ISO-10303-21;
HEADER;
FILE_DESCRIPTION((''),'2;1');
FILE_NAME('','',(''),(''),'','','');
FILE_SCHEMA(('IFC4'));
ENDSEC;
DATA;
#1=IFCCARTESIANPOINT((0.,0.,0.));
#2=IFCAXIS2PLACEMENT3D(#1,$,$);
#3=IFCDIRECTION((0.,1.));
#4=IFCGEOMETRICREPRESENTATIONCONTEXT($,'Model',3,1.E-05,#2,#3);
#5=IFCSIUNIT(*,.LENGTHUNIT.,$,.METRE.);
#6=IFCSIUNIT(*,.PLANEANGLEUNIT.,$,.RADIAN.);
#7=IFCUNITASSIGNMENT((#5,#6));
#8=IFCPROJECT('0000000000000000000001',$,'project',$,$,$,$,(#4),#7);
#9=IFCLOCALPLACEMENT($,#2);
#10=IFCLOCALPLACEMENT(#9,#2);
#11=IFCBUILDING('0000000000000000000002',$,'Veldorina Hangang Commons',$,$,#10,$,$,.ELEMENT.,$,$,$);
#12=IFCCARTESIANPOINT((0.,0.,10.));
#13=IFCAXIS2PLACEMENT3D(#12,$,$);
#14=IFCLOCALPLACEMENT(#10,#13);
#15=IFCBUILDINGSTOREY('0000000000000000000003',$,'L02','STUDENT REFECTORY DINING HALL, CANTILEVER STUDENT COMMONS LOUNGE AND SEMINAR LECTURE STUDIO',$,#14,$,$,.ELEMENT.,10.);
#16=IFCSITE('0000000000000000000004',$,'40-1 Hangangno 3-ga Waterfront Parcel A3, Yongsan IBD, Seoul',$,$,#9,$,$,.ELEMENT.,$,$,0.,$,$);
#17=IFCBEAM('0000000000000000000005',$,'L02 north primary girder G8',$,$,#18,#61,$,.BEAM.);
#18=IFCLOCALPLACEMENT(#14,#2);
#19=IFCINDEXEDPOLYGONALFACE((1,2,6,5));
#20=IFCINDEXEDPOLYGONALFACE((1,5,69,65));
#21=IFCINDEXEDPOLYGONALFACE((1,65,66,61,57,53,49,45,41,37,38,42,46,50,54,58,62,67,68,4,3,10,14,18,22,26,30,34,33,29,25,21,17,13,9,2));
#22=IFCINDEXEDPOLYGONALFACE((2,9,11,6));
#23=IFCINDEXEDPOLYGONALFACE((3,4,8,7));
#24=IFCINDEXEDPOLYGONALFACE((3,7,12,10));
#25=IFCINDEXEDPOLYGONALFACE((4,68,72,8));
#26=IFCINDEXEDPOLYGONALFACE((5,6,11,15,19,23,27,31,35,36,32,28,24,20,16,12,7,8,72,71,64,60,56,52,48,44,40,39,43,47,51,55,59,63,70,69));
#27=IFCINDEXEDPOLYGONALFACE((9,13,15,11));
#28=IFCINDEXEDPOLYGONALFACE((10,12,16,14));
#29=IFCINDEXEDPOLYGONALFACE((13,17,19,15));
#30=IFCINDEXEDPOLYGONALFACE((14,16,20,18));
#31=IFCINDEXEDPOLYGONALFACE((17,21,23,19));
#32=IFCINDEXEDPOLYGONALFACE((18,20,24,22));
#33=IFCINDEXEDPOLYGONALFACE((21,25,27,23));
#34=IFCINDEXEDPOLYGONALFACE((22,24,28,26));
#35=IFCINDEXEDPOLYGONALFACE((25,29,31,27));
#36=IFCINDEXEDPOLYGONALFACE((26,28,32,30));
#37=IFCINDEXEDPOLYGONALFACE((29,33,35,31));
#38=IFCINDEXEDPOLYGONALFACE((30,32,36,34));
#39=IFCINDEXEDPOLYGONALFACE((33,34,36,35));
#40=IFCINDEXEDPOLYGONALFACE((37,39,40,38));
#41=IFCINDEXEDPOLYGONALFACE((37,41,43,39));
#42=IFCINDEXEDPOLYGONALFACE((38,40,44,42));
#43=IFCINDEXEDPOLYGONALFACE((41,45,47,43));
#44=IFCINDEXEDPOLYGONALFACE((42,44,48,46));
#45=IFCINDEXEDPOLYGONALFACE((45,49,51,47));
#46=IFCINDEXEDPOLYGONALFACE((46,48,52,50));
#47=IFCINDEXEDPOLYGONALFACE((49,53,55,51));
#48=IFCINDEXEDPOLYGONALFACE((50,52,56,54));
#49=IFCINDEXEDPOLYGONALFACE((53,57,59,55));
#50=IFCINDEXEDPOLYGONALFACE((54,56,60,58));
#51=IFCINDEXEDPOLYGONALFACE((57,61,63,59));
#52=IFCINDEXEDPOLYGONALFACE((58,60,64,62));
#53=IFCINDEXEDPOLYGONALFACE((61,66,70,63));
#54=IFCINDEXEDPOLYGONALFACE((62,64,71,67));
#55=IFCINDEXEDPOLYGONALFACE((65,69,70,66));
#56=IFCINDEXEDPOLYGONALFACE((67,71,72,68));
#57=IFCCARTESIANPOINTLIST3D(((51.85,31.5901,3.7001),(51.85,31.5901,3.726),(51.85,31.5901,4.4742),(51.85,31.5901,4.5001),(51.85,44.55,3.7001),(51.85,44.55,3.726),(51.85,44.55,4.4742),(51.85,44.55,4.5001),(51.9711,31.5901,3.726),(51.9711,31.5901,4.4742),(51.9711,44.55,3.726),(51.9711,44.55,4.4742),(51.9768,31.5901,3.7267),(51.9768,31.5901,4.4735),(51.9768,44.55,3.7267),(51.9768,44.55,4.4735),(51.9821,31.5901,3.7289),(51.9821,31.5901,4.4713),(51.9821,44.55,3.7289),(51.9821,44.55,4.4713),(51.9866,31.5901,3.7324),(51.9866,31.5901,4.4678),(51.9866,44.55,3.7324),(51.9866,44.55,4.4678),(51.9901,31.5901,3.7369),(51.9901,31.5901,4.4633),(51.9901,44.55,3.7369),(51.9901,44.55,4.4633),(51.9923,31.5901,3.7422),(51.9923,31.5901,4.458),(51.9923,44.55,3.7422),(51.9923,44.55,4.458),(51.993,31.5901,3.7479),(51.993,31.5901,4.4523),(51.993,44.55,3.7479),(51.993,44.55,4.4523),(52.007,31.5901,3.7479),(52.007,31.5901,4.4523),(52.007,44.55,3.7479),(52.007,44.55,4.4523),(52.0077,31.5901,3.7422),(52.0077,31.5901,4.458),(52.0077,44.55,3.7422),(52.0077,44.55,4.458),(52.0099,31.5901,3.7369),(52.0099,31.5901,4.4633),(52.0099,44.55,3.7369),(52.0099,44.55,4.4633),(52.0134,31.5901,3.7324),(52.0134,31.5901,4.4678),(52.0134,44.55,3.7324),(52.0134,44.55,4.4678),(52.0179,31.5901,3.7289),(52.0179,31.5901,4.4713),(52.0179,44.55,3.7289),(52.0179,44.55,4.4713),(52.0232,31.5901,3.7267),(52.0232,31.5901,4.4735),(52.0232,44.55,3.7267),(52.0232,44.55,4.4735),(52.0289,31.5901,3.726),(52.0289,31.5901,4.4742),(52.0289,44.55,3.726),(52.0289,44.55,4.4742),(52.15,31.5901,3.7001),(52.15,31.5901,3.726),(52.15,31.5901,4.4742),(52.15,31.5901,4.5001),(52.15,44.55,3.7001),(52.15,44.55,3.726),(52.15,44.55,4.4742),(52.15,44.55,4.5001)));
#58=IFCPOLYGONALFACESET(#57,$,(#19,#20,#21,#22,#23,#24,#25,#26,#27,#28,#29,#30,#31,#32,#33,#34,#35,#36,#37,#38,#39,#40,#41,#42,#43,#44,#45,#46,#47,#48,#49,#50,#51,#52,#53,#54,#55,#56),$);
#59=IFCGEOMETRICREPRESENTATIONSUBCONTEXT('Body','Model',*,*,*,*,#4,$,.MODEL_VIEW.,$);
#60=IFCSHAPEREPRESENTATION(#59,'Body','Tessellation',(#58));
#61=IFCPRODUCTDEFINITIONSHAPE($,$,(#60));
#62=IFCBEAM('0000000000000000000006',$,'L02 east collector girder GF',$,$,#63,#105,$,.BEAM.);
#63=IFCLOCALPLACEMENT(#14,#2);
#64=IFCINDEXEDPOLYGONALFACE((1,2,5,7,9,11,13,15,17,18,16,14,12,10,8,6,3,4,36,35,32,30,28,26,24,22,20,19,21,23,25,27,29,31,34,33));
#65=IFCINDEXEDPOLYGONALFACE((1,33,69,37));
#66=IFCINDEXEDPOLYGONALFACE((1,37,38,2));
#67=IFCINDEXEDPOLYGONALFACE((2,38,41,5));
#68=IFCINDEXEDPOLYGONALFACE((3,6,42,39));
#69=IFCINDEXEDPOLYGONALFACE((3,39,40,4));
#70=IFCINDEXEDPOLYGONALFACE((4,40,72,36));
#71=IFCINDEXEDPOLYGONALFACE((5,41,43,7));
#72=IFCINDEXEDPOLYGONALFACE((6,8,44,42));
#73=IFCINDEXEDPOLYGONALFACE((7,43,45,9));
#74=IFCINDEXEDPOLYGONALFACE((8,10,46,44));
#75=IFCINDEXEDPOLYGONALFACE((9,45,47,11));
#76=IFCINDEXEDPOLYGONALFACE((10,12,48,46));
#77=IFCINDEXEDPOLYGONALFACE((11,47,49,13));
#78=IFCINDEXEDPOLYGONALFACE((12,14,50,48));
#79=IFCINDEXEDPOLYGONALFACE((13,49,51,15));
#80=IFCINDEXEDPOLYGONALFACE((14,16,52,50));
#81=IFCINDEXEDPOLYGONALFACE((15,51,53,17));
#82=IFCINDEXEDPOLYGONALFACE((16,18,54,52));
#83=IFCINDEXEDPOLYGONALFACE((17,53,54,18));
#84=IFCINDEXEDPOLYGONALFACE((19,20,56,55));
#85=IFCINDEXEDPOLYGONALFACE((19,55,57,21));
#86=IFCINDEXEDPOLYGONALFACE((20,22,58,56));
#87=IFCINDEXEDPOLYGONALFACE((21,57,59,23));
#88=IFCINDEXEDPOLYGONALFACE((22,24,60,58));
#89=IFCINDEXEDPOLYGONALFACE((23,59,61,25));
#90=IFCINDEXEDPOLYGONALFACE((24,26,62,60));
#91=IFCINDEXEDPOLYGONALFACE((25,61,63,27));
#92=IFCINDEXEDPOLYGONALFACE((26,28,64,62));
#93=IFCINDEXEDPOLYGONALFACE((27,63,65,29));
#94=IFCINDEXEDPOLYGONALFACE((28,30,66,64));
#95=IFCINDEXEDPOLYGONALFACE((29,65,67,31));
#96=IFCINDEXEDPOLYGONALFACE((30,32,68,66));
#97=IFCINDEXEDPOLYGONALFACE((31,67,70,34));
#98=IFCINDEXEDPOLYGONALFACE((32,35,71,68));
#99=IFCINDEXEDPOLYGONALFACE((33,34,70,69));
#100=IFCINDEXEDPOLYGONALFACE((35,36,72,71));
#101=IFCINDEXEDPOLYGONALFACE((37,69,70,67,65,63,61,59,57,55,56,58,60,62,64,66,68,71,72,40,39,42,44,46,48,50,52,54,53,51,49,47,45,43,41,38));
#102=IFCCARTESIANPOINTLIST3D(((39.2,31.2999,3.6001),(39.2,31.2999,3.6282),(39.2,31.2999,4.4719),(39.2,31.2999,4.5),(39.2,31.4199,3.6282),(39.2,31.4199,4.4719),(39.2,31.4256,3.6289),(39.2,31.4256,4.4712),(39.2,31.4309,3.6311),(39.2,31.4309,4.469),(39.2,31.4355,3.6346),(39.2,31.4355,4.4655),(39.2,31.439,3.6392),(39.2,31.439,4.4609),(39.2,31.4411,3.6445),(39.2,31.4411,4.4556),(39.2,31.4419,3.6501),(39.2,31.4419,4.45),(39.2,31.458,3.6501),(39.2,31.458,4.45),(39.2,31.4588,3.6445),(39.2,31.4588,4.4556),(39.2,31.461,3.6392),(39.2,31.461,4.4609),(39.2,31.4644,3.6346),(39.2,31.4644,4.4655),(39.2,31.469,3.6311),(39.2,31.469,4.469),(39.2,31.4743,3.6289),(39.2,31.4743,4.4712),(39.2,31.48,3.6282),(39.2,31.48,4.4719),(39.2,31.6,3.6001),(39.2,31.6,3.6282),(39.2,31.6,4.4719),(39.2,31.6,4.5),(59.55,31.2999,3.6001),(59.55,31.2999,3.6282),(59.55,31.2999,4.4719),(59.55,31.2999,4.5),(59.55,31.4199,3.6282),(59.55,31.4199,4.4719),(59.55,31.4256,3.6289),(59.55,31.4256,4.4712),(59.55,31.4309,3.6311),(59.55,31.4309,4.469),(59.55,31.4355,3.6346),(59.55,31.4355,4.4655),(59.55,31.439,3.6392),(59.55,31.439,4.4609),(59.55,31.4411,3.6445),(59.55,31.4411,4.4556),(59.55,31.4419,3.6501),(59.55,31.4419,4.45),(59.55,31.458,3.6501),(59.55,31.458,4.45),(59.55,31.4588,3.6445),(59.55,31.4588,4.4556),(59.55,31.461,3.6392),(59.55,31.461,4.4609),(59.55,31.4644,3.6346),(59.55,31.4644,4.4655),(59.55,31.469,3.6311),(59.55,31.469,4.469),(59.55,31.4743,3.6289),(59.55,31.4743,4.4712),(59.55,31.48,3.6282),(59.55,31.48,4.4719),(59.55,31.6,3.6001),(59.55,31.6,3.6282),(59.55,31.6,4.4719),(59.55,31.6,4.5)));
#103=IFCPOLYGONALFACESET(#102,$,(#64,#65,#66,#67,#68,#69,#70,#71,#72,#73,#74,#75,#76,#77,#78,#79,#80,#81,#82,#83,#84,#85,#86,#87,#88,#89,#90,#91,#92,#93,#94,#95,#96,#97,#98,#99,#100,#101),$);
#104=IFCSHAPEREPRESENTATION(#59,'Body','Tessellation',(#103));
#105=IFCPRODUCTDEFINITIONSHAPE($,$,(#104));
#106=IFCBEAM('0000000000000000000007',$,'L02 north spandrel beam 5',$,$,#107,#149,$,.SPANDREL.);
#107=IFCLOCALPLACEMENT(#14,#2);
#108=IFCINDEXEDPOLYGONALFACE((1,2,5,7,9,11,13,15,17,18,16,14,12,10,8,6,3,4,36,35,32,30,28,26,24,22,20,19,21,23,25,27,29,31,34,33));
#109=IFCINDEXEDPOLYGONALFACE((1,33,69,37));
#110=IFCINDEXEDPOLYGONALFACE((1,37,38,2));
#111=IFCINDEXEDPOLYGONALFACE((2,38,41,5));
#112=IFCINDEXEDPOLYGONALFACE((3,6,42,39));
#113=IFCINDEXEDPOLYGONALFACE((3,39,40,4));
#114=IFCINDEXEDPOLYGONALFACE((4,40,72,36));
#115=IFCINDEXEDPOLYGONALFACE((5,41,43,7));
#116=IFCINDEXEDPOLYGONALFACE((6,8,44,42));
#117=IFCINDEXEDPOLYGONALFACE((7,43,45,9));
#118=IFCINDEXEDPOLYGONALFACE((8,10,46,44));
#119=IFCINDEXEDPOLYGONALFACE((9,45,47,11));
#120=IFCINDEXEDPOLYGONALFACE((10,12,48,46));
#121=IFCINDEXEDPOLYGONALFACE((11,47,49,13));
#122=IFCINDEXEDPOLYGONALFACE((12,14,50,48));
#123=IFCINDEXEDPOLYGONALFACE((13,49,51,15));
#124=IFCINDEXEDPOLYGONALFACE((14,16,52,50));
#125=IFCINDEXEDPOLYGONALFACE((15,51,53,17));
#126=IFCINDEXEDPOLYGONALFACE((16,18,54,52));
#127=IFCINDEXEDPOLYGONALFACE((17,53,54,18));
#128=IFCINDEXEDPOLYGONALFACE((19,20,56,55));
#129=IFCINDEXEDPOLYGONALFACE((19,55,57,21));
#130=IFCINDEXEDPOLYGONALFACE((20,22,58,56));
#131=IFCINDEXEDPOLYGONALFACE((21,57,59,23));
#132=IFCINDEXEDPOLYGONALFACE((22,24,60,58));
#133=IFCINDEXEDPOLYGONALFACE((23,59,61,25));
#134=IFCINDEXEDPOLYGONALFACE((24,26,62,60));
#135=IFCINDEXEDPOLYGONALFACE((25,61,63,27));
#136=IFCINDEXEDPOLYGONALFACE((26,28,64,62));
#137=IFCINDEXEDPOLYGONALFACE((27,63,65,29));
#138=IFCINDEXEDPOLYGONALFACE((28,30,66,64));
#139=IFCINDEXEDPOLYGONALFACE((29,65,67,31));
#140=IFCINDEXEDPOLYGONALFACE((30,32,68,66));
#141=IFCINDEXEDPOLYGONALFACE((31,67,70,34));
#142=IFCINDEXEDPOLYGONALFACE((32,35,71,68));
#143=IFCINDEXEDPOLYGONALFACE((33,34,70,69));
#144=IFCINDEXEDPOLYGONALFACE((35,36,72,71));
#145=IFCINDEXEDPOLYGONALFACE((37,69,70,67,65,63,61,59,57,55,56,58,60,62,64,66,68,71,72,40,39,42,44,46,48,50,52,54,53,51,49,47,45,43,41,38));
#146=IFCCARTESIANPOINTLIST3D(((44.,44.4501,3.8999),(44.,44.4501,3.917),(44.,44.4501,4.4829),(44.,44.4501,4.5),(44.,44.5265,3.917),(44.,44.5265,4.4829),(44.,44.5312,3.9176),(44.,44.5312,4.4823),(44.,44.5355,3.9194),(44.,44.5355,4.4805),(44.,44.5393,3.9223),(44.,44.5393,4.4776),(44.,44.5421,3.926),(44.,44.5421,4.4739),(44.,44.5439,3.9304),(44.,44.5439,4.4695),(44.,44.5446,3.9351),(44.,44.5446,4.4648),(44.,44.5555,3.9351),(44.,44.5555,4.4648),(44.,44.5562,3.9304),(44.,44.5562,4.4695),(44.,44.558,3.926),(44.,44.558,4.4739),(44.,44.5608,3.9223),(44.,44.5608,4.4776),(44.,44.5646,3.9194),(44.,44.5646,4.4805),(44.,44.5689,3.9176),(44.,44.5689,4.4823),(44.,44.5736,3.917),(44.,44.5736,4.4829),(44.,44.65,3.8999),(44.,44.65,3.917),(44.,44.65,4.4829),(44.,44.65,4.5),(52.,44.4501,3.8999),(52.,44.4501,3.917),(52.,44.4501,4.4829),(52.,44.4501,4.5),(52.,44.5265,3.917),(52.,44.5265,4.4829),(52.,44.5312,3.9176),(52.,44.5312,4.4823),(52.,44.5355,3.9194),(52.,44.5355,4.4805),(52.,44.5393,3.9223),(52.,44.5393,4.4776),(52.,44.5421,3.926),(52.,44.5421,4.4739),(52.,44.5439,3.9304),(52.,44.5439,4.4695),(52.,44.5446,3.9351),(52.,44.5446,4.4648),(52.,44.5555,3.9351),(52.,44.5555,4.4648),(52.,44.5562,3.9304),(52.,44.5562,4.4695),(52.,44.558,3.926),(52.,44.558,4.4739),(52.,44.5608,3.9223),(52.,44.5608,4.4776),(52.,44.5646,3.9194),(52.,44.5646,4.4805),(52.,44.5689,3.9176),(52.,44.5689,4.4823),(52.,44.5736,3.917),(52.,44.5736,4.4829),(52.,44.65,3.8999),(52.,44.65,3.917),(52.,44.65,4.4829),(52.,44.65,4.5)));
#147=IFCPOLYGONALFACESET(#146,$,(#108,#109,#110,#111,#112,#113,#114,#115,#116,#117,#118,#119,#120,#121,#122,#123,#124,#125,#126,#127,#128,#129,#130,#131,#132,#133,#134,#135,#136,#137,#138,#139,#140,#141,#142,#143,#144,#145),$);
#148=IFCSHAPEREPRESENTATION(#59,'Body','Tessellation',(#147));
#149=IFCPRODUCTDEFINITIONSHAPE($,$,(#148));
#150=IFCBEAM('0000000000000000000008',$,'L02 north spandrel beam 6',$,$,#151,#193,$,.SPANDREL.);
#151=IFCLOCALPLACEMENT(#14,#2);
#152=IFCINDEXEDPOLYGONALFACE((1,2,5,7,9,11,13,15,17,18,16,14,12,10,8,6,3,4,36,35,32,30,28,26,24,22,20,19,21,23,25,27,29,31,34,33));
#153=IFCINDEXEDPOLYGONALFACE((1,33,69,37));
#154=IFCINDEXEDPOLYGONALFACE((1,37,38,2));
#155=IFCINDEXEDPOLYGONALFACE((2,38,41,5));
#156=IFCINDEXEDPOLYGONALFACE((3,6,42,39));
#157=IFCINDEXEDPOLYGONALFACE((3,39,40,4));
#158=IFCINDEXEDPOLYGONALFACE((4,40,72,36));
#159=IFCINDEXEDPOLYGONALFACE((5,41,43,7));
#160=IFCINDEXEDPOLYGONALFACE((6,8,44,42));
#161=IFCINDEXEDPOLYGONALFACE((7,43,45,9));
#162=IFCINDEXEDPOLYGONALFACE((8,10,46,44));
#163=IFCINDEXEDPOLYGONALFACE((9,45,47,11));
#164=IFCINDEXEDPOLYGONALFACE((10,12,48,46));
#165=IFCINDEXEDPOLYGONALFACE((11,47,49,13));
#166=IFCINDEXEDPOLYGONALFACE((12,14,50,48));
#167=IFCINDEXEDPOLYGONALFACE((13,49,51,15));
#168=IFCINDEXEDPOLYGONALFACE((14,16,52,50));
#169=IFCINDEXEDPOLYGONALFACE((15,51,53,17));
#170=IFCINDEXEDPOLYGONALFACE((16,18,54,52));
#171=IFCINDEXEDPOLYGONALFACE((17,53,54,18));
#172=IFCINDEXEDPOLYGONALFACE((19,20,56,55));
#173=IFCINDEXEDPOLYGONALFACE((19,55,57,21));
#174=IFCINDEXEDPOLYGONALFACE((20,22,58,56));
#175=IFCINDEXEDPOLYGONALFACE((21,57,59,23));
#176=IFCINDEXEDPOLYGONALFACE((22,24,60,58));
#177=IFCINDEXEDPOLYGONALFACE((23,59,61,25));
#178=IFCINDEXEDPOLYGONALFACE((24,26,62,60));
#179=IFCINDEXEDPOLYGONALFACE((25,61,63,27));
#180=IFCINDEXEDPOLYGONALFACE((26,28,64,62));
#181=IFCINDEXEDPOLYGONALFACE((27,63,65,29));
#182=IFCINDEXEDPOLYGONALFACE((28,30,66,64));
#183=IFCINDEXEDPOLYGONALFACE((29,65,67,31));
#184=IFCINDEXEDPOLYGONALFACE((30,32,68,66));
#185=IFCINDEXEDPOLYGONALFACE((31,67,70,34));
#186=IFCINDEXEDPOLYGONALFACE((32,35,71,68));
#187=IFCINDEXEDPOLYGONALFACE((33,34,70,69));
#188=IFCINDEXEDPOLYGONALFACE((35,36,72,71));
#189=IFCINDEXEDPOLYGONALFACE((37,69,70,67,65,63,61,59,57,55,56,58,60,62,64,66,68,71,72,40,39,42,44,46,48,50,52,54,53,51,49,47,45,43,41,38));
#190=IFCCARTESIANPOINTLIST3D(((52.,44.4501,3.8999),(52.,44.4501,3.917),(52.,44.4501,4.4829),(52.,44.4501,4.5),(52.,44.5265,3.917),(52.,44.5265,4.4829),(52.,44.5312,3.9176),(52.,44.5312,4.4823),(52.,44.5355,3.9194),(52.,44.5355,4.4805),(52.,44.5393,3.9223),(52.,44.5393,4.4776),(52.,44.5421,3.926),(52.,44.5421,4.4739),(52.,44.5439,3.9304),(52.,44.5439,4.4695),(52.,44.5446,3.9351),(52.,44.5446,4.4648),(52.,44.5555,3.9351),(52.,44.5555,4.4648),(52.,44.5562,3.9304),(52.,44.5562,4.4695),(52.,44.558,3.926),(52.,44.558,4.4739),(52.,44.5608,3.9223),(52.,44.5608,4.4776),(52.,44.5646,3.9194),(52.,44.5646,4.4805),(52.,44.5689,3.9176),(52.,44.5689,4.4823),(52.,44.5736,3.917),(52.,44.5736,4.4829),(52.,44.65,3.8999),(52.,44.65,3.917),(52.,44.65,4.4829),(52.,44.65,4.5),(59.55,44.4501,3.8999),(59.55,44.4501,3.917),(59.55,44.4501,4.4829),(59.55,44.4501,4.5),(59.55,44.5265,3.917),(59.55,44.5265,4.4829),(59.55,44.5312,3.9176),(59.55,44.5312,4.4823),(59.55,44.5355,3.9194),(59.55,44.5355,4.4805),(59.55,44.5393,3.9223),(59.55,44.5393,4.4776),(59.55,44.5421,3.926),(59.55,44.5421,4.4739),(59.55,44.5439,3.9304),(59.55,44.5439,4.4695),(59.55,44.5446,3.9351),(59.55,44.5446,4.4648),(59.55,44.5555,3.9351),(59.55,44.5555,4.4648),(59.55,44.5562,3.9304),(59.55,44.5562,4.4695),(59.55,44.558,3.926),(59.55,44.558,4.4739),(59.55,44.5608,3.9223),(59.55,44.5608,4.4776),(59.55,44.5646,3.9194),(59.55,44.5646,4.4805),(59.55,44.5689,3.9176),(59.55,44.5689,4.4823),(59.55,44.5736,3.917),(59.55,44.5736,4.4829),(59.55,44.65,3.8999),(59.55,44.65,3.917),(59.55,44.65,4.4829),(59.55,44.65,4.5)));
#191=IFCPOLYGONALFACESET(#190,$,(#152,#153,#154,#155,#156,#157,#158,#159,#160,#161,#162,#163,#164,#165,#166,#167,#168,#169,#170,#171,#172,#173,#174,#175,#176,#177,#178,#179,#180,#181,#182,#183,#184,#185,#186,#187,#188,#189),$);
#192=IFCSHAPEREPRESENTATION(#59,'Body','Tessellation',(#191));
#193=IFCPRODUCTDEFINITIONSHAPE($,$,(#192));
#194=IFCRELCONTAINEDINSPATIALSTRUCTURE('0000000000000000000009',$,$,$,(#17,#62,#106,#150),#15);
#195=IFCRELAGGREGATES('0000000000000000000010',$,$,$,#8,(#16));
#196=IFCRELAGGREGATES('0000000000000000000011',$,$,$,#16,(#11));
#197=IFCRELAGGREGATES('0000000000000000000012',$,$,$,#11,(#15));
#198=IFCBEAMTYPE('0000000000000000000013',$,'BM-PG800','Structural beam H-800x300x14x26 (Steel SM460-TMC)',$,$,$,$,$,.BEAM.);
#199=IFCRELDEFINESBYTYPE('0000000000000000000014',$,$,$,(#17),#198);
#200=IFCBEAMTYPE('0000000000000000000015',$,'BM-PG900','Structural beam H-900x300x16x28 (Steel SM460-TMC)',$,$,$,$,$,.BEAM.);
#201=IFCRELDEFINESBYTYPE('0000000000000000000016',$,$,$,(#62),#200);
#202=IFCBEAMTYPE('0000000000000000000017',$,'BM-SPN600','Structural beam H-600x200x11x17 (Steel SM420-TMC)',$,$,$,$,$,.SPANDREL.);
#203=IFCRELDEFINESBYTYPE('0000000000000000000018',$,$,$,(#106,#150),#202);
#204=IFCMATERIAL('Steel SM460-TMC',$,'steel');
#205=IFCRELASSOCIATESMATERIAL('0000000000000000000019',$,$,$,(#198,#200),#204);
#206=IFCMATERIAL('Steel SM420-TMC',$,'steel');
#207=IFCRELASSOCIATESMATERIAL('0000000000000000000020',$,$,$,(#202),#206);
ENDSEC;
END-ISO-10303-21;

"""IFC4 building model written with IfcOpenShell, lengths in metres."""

from ifc_helpers import new_model, si_unit, direction, frame, origin, origin_2d, place, context, subcontext, project, spatial, i_section, extrude, material, material_profile, profile_set, type_object, element, save


model = new_model("IFC4")

# Units and contexts
model_context = context("Model", 3, precision=1e-05, world=origin(), true_north=direction((0.0, 1.0)))
body_context = subcontext(model_context, "Body", "Model", "MODEL_VIEW")
ifc_project = project(units=[si_unit("LENGTHUNIT", "METRE"), si_unit("PLANEANGLEUNIT", "RADIAN")], contexts=[model_context])

# Site, building, storey
site_placement = place(None, origin())
site = spatial("IfcSite", under=ifc_project, at=site_placement, Name="40-1 Hangangno 3-ga Waterfront Parcel A3, Yongsan IBD, Seoul", CompositionType="ELEMENT", RefElevation=0.0)
building_placement = place(site_placement, origin())
building = spatial("IfcBuilding", under=site, at=building_placement, Name="Veldorina Hangang Commons", CompositionType="ELEMENT")
storey_placement = place(building_placement, frame((0.0, 0.0, 10.0)))
storey = spatial("IfcBuildingStorey", under=building, at=storey_placement, Name="L02", Description="STUDENT REFECTORY DINING HALL, CANTILEVER STUDENT COMMONS LOUNGE AND SEMINAR LECTURE STUDIO", CompositionType="ELEMENT", Elevation=10.0)

# Shared definitions
ifc_material_1 = material(Name="Steel SM420-TMC", Category="steel")

# Beams
ifc_material_2 = material(Name="Steel SM460-TMC", Category="steel")
ifc_material_profile_1 = material_profile(ifc_material_2, i_section(OverallWidth=0.3, OverallDepth=0.8, WebThickness=0.0139, FlangeThickness=0.0259, FilletRadius=0.022, at=origin_2d()), Name="H-800x300x14x26")
ifc_profile_set_1 = profile_set([ifc_material_profile_1], Name="Steel SM460-TMC")
beam_type_1 = type_object("IfcBeamType", Name="BM-PG800", Description="Structural beam H-800x300x14x26 (Steel SM460-TMC)", PredefinedType="BEAM", material=ifc_profile_set_1)
for number, where, z_axis, x_axis, name in (
    (1, (52.0, 31.5901, 4.1001), (0.0, 1.0, 0.0), (-1.0, 0.0, 0.0), "L02 north primary girder G8"),
):
    element("IfcBeam", number, at=place(storey_placement, frame(where, z_axis=z_axis, x_axis=x_axis)), inside=storey, type_object=beam_type_1, Name=name, PredefinedType="BEAM", context=body_context, shape_type="SweptSolid", body=[
        extrude(i_section(OverallWidth=0.3, OverallDepth=0.8, WebThickness=0.0139, FlangeThickness=0.0259, FilletRadius=0.022, at=origin_2d()), origin(), (0.0, 0.0, 1.0), 12.96),
    ])
ifc_material_profile_2 = material_profile(ifc_material_2, i_section(OverallWidth=0.3, OverallDepth=0.8999, WebThickness=0.0161, FlangeThickness=0.0281, FilletRadius=0.022, at=origin_2d()), Name="H-900x300x16x28")
ifc_profile_set_2 = profile_set([ifc_material_profile_2], Name="Steel SM460-TMC")
beam_type_2 = type_object("IfcBeamType", Name="BM-PG900", Description="Structural beam H-900x300x16x28 (Steel SM460-TMC)", PredefinedType="BEAM", material=ifc_profile_set_2)
beam_1_placement = place(storey_placement, frame((39.2, 31.45, 4.05), z_axis=(1.0, 0.0, 0.0), x_axis=(0.0, 1.0, 0.0)))
element("IfcBeam", 2, at=beam_1_placement, inside=storey, type_object=beam_type_2, Name="L02 east collector girder GF", PredefinedType="BEAM", context=body_context, shape_type="SweptSolid", body=[
    extrude(i_section(OverallWidth=0.3, OverallDepth=0.8999, WebThickness=0.0161, FlangeThickness=0.0281, FilletRadius=0.022, at=origin_2d()), origin(), (0.0, 0.0, 1.0), 20.3501),
])
ifc_material_profile_3 = material_profile(ifc_material_1, i_section(OverallWidth=0.2, OverallDepth=0.6001, WebThickness=0.011, FlangeThickness=0.0171, FilletRadius=0.0181, at=origin_2d()), Name="H-600x200x11x17")
ifc_profile_set_3 = profile_set([ifc_material_profile_3], Name="Steel SM420-TMC")
beam_type_3 = type_object("IfcBeamType", Name="BM-SPN600", Description="Structural beam H-600x200x11x17 (Steel SM420-TMC)", PredefinedType="SPANDREL", material=ifc_profile_set_3)
beam_2_placement = place(storey_placement, frame((44.0, 44.55, 4.2), z_axis=(1.0, 0.0, 0.0), x_axis=(0.0, 1.0, 0.0)))
element("IfcBeam", 3, at=beam_2_placement, inside=storey, type_object=beam_type_3, Name="L02 north spandrel beam 5", PredefinedType="SPANDREL", context=body_context, shape_type="SweptSolid", body=[
    extrude(i_section(OverallWidth=0.2, OverallDepth=0.6001, WebThickness=0.011, FlangeThickness=0.0171, FilletRadius=0.0181, at=origin_2d()), origin(), (0.0, 0.0, 1.0), 8.0),
])
beam_3_placement = place(storey_placement, frame((52.0, 44.55, 4.2), z_axis=(1.0, 0.0, 0.0), x_axis=(0.0, 1.0, 0.0)))
element("IfcBeam", 4, at=beam_3_placement, inside=storey, type_object=beam_type_3, Name="L02 north spandrel beam 6", PredefinedType="SPANDREL", context=body_context, shape_type="SweptSolid", body=[
    extrude(i_section(OverallWidth=0.2, OverallDepth=0.6001, WebThickness=0.011, FlangeThickness=0.0171, FilletRadius=0.0181, at=origin_2d()), origin(), (0.0, 0.0, 1.0), 7.55),
])

save(model, "model.ifc")
